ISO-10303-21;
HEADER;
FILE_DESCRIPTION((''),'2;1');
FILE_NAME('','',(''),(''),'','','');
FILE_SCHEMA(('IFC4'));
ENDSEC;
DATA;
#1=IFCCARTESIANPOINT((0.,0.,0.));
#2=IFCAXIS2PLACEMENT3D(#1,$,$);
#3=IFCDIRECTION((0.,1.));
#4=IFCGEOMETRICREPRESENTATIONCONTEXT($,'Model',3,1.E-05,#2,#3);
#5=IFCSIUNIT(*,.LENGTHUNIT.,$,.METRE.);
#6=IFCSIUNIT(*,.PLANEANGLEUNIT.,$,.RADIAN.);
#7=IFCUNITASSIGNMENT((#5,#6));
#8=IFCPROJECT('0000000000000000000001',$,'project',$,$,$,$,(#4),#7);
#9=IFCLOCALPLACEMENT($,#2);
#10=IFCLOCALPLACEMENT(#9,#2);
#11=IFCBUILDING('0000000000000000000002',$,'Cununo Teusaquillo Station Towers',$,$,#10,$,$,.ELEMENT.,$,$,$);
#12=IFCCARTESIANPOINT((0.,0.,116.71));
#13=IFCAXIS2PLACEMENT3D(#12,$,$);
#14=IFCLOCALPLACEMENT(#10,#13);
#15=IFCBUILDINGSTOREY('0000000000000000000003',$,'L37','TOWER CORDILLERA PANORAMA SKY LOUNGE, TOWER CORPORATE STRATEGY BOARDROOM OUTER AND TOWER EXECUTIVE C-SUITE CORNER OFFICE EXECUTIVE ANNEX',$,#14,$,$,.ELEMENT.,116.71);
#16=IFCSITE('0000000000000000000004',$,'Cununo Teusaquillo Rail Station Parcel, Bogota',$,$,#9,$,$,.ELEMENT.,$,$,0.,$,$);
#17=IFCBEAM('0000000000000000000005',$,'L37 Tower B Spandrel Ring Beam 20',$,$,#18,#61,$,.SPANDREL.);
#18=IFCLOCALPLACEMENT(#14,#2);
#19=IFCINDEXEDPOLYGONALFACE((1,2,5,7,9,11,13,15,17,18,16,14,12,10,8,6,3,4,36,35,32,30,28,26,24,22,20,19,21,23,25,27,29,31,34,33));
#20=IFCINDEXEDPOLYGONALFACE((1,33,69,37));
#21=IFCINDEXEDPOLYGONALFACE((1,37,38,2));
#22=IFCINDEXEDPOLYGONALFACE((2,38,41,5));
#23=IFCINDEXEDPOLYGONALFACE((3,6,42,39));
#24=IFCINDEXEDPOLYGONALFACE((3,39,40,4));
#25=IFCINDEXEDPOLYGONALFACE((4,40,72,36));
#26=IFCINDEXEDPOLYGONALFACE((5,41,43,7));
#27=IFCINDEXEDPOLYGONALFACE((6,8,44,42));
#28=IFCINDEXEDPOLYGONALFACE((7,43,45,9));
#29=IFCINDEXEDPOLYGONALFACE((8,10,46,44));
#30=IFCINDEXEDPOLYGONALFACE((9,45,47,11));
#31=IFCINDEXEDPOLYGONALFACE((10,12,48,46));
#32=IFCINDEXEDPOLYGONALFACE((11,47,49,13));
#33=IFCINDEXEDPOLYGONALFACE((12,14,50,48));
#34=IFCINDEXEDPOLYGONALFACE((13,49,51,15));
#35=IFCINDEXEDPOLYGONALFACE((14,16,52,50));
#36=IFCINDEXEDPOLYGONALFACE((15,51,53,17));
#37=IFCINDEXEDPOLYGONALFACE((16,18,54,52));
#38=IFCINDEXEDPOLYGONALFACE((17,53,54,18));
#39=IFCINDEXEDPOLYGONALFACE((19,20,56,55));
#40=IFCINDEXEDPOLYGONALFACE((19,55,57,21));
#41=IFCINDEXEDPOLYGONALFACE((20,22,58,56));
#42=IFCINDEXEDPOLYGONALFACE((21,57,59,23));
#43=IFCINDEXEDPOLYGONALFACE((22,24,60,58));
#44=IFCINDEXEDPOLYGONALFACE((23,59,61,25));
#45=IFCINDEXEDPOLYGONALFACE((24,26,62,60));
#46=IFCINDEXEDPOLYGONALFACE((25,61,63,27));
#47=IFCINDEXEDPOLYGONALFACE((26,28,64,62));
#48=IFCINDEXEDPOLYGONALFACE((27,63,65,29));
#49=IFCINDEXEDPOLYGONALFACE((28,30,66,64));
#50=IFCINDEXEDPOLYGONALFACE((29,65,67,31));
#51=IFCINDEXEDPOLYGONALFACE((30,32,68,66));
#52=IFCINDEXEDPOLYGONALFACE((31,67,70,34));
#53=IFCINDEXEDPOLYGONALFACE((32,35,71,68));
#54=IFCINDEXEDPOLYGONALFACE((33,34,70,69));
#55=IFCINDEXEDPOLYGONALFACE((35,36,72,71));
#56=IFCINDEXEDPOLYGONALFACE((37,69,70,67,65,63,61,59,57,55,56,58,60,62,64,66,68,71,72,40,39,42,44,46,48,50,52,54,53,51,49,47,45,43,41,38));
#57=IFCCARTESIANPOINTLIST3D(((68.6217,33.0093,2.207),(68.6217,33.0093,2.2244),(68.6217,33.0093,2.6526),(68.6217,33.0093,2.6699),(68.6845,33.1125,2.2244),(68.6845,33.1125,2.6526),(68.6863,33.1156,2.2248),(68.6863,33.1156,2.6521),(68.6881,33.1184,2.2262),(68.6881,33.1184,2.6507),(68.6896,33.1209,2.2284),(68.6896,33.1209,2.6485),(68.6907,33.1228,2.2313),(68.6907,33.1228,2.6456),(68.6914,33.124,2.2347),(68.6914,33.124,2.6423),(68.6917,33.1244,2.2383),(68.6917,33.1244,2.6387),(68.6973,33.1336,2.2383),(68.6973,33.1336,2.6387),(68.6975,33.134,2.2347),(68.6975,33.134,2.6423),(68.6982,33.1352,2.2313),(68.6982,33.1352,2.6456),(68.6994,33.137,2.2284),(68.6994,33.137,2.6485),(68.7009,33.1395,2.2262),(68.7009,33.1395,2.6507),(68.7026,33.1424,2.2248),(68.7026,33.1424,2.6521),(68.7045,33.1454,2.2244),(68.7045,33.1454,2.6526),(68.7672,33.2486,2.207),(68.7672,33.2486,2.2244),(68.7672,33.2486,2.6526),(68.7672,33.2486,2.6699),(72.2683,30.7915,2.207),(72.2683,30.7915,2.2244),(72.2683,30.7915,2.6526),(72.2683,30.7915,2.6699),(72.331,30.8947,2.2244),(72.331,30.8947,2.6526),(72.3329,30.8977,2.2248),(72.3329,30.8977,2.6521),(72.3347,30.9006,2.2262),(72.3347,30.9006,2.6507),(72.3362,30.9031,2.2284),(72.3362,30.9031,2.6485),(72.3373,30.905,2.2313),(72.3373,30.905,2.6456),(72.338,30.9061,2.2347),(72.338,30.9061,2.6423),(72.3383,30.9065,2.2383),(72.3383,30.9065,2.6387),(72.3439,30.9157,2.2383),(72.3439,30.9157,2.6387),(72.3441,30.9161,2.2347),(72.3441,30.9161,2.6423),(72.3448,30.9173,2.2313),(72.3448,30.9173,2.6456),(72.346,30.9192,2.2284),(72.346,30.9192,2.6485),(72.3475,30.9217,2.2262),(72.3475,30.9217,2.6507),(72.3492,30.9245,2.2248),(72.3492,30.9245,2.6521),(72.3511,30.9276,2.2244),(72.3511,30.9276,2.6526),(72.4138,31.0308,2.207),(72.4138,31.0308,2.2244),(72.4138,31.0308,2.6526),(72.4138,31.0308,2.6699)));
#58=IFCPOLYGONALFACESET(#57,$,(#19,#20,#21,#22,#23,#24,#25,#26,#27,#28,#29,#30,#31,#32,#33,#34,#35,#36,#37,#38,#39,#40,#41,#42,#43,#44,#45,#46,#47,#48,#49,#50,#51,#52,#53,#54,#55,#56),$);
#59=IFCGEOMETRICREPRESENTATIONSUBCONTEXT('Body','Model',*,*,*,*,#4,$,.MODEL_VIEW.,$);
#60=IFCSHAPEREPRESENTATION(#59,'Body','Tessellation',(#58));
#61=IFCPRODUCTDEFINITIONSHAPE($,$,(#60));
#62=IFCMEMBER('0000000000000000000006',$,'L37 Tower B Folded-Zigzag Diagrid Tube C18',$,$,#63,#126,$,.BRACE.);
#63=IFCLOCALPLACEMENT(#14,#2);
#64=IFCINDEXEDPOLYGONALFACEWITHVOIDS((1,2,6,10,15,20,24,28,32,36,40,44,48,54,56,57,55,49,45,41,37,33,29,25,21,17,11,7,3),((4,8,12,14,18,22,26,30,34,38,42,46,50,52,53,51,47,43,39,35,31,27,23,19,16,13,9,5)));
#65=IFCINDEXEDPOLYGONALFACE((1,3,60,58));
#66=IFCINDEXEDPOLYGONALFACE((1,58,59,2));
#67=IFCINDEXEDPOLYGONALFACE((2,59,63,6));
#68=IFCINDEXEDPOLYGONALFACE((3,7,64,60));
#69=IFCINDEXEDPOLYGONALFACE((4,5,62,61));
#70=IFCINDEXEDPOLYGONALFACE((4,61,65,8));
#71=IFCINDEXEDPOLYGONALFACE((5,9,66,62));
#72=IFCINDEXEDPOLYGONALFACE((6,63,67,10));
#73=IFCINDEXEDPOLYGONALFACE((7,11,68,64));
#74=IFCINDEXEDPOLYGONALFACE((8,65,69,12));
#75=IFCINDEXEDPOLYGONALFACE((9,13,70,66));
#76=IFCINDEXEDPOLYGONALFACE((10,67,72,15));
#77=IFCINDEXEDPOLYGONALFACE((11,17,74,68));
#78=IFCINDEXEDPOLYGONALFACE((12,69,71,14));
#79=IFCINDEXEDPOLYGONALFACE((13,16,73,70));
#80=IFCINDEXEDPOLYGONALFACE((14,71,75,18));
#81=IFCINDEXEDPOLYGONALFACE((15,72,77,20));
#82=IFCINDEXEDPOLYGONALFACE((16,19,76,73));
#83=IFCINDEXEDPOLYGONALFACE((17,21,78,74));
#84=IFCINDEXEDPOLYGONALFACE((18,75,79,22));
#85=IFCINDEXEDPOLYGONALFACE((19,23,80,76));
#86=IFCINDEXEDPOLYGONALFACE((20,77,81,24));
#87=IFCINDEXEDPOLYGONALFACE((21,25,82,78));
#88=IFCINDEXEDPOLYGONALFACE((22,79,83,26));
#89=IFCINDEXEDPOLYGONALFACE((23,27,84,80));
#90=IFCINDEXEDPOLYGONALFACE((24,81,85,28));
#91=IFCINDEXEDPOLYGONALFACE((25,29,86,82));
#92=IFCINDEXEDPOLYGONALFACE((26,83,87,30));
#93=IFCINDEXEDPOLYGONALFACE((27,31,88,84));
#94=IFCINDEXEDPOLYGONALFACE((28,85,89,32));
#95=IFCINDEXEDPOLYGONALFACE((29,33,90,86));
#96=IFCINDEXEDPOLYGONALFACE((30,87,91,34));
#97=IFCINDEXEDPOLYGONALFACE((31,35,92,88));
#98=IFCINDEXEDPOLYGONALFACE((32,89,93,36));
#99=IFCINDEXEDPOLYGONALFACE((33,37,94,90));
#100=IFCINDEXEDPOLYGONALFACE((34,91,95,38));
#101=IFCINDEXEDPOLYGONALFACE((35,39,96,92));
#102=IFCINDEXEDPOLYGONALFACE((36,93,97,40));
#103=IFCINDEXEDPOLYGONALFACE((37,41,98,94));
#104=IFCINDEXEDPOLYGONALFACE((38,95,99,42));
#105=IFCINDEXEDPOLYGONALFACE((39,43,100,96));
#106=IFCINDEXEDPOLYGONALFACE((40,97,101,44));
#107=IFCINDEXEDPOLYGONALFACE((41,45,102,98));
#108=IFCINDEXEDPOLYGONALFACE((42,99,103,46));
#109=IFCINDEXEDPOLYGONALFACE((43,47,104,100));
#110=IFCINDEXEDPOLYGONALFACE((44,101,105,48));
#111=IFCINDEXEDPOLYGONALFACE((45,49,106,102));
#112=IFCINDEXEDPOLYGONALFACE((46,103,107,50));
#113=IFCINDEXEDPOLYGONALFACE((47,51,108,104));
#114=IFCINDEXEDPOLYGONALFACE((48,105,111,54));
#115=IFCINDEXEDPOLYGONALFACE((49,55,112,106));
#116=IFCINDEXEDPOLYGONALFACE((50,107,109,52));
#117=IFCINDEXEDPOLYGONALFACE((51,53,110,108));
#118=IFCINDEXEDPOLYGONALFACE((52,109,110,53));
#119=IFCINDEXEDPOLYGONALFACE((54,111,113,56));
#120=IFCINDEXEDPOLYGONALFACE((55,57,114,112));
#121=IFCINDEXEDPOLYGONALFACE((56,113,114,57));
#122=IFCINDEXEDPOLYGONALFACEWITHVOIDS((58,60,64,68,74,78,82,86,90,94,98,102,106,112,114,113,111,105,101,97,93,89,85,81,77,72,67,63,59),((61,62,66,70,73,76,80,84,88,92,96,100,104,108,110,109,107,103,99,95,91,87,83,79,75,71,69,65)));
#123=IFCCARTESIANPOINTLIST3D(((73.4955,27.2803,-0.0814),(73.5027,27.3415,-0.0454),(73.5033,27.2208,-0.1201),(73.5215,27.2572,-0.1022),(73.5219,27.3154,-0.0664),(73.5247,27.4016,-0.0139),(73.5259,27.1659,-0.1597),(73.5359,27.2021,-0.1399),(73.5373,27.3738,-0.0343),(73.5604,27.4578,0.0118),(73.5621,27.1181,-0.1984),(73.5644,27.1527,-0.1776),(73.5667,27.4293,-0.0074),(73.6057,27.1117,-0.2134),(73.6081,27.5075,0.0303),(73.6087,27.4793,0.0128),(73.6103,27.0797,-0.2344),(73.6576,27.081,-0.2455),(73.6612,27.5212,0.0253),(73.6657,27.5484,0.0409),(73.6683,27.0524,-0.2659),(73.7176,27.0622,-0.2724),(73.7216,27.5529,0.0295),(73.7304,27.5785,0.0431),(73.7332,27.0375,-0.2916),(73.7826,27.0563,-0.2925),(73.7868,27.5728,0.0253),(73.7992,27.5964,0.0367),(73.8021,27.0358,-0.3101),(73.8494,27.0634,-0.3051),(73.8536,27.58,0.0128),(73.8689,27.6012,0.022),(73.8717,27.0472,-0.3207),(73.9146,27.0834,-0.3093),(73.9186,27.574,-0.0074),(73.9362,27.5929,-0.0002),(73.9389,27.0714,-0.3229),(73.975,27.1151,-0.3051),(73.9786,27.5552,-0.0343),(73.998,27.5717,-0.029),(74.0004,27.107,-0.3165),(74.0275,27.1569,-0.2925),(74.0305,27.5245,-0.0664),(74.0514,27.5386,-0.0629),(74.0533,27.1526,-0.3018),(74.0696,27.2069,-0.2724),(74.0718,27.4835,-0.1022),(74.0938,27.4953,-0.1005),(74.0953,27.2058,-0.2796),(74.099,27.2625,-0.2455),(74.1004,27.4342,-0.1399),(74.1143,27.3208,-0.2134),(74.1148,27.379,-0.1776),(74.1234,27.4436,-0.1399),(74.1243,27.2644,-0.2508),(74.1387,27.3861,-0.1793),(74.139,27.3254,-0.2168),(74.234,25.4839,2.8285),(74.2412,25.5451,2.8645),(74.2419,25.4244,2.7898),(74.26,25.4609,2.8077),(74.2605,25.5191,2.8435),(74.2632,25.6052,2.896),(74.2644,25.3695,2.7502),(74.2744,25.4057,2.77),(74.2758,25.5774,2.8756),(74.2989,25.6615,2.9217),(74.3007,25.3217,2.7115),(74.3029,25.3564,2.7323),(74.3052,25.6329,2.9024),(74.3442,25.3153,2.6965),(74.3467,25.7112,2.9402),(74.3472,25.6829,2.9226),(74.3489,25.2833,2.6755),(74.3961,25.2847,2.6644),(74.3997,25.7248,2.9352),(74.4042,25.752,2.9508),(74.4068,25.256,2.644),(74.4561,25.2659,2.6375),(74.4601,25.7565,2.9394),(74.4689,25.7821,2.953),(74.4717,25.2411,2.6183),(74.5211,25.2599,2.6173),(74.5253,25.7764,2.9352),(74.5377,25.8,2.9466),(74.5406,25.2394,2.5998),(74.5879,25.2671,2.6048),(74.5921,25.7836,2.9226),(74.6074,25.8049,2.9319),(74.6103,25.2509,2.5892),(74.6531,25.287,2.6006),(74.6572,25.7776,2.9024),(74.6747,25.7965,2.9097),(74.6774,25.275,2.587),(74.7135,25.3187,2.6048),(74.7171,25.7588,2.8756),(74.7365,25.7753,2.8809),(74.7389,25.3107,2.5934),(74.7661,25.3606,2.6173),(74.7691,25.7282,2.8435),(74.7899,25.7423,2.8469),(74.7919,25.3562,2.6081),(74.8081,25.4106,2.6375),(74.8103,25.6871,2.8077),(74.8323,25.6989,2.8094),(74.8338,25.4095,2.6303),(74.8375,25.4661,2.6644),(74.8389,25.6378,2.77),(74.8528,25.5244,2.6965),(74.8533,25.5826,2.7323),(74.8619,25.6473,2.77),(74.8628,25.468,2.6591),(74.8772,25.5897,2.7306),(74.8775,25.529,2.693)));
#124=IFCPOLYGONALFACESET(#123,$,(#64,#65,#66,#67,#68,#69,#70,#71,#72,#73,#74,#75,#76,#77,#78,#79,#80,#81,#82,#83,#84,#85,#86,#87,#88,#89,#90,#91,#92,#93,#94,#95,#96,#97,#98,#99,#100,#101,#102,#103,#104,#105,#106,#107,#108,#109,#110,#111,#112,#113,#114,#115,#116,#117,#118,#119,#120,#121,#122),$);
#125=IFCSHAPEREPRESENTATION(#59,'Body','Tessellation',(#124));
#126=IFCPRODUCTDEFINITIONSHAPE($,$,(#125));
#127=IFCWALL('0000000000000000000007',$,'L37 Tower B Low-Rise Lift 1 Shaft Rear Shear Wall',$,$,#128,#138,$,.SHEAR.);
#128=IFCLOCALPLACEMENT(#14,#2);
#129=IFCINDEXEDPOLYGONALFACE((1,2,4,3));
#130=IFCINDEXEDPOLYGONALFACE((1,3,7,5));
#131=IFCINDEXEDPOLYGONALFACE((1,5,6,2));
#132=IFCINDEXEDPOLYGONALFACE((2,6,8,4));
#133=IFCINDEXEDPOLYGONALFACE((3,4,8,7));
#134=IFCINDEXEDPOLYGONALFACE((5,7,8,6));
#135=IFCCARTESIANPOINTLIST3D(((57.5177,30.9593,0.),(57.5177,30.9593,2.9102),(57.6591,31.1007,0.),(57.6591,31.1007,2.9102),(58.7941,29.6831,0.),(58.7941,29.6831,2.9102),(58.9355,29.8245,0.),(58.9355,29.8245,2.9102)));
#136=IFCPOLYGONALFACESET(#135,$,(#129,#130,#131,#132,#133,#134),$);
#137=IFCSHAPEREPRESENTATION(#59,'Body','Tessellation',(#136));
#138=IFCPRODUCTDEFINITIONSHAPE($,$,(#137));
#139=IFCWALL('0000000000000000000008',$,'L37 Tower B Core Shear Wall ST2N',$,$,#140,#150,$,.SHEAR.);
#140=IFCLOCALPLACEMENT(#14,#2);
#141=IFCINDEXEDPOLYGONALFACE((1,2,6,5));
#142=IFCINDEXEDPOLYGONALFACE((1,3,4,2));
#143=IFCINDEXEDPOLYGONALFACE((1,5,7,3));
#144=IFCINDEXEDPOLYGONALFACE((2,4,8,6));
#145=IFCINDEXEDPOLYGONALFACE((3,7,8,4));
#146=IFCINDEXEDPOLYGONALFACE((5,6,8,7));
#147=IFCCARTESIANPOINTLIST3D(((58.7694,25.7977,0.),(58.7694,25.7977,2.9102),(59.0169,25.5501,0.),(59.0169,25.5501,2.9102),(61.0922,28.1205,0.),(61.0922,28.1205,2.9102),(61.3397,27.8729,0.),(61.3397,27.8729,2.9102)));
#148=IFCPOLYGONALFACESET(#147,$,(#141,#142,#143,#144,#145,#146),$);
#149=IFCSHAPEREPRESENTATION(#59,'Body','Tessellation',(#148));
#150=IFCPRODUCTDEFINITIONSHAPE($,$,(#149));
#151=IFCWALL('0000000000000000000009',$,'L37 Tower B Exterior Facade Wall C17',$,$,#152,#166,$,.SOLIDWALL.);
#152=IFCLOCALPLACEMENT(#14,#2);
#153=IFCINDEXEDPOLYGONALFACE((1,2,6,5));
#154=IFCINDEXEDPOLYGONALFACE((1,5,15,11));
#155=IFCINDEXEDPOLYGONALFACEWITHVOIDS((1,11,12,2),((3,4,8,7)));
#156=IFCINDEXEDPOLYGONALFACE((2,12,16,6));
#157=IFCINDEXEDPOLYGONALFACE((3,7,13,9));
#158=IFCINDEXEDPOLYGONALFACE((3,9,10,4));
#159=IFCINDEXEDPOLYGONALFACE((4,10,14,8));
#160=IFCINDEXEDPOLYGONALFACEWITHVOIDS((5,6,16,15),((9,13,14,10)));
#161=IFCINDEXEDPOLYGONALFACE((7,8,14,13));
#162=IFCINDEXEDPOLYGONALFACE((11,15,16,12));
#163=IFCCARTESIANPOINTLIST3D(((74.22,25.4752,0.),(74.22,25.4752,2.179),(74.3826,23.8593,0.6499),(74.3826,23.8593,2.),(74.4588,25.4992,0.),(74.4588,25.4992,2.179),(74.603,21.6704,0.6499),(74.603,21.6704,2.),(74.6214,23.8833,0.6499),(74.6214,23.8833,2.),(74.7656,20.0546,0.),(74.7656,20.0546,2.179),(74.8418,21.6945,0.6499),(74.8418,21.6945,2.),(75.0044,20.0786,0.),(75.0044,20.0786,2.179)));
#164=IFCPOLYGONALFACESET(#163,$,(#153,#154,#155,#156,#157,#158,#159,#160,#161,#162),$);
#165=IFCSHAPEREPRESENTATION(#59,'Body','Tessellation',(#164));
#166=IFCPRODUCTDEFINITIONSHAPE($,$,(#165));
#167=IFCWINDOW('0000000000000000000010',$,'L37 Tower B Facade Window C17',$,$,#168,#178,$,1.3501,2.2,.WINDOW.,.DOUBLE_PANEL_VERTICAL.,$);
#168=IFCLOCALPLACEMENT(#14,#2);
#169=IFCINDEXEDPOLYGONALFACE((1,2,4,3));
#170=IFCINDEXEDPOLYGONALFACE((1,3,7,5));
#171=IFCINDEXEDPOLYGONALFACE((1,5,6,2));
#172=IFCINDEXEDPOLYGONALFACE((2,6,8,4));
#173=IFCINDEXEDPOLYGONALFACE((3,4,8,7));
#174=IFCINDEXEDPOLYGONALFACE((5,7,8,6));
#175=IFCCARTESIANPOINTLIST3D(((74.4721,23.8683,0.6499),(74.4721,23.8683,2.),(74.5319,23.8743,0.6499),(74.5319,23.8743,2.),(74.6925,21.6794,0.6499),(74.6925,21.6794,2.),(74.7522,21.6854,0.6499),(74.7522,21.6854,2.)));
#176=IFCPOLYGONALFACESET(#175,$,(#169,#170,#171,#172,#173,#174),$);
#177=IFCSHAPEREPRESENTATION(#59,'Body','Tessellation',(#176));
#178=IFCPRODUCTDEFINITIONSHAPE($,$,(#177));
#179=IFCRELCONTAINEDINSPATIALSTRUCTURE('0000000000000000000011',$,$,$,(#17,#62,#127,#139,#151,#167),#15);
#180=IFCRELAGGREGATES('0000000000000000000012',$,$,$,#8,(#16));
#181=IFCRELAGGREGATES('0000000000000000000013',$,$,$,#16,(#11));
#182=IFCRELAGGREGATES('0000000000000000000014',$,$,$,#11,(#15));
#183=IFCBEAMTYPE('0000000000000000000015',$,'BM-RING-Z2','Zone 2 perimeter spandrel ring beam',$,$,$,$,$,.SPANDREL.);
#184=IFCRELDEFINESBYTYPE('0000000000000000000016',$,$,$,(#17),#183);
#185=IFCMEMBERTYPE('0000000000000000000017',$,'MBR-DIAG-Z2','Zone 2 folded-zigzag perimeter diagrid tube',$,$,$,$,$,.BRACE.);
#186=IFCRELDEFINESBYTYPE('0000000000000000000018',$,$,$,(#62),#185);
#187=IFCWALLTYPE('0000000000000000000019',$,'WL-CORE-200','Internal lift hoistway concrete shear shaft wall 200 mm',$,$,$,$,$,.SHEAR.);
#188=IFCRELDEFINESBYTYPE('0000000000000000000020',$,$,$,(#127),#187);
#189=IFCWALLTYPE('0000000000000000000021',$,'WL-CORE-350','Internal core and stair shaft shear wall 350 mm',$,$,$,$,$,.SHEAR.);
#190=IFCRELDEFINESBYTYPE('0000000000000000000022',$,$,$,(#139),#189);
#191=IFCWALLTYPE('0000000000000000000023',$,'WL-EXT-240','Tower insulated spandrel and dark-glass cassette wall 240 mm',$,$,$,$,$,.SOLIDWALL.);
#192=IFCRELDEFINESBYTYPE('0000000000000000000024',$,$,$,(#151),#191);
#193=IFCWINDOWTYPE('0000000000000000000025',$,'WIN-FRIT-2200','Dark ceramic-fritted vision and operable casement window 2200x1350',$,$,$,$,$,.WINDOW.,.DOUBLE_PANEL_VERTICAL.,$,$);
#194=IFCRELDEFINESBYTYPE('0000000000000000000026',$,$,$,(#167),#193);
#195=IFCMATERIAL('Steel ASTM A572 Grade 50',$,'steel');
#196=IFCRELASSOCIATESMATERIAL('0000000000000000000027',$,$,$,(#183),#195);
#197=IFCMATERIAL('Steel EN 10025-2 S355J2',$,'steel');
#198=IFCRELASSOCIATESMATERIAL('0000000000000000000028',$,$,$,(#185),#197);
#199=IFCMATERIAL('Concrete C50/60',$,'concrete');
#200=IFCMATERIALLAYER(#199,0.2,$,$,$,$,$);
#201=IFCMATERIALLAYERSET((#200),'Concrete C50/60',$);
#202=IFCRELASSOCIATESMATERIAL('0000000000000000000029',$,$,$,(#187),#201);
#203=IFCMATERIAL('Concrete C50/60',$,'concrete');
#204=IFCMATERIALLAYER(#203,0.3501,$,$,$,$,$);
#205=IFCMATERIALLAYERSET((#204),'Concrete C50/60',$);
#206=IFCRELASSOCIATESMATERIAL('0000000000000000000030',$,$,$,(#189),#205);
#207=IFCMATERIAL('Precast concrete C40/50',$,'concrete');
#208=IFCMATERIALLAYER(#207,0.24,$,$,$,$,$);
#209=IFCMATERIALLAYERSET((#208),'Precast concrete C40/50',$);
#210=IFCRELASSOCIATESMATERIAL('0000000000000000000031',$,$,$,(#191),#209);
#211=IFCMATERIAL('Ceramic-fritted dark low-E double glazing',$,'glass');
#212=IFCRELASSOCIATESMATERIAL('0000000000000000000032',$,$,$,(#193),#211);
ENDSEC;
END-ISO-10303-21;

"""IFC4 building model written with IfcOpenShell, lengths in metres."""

from ifc_helpers import new_model, si_unit, direction, frame, frame_2d, origin, origin_2d, place, context, subcontext, project, spatial, rectangle, hollow_circle, i_section, extrude, source, transform, mapped, material, layer, layer_set, material_profile, profile_set, type_object, element, fill, save


model = new_model("IFC4")

# Units and contexts
model_context = context("Model", 3, precision=1e-05, world=origin(), true_north=direction((0.0, 1.0)))
body_context = subcontext(model_context, "Body", "Model", "MODEL_VIEW")
ifc_project = project(units=[si_unit("LENGTHUNIT", "METRE"), si_unit("PLANEANGLEUNIT", "RADIAN")], contexts=[model_context])

# Site, building, storey
site_placement = place(None, origin())
site = spatial("IfcSite", under=ifc_project, at=site_placement, Name="Cununo Teusaquillo Rail Station Parcel, Bogota", CompositionType="ELEMENT", RefElevation=0.0)
building_placement = place(site_placement, origin())
building = spatial("IfcBuilding", under=site, at=building_placement, Name="Cununo Teusaquillo Station Towers", CompositionType="ELEMENT")
storey_placement = place(building_placement, frame((0.0, 0.0, 116.71)))
storey = spatial("IfcBuildingStorey", under=building, at=storey_placement, Name="L37", Description="TOWER CORDILLERA PANORAMA SKY LOUNGE, TOWER CORPORATE STRATEGY BOARDROOM OUTER AND TOWER EXECUTIVE C-SUITE CORNER OFFICE EXECUTIVE ANNEX", CompositionType="ELEMENT", Elevation=116.71)

# Beam
ifc_material_1 = material(Name="Steel ASTM A572 Grade 50", Category="steel")
ifc_material_profile_1 = material_profile(ifc_material_1, i_section(OverallWidth=0.28, OverallDepth=0.4629, WebThickness=0.0107, FlangeThickness=0.0173, FilletRadius=0.0139, at=origin_2d()), Name="W18X76")
ifc_profile_set_1 = profile_set([ifc_material_profile_1], Name="Steel ASTM A572 Grade 50")
beam_type_1 = type_object("IfcBeamType", Name="BM-RING-Z2", Description="Zone 2 perimeter spandrel ring beam", PredefinedType="SPANDREL", material=ifc_profile_set_1)
beam_1_placement = place(storey_placement, frame((72.3411, 30.9111, 2.4385), z_axis=(-0.854388, 0.519635, 0.0), x_axis=(-0.519635, -0.854388, 0.0)))
element("IfcBeam", 1, at=beam_1_placement, inside=storey, type_object=beam_type_1, Name="L37 Tower B Spandrel Ring Beam 20", PredefinedType="SPANDREL", context=body_context, shape_type="SweptSolid", body=[
    extrude(i_section(OverallWidth=0.28, OverallDepth=0.4629, WebThickness=0.0107, FlangeThickness=0.0173, FilletRadius=0.0139, at=origin_2d()), origin(), (0.0, 0.0, 1.0), 4.2681),
])

# Member
ifc_material_2 = material(Name="Steel EN 10025-2 S355J2", Category="steel")
ifc_material_profile_2 = material_profile(ifc_material_2, hollow_circle(Radius=0.3301, WallThickness=0.0249, at=origin_2d()), Name="CHS 660x25")
ifc_profile_set_2 = profile_set([ifc_material_profile_2], Name="Steel EN 10025-2 S355J2")
member_type = type_object("IfcMemberType", Name="MBR-DIAG-Z2", Description="Zone 2 folded-zigzag perimeter diagrid tube", PredefinedType="BRACE", material=ifc_profile_set_2)
member_placement = place(storey_placement, frame((73.8181, 27.3181, -0.1399), z_axis=(0.211093, -0.513463, 0.831743), x_axis=(0.924889, 0.380238, 0.0)))
element("IfcMember", 2, at=member_placement, inside=storey, type_object=member_type, Name="L37 Tower B Folded-Zigzag Diagrid Tube C18", PredefinedType="BRACE", context=body_context, shape_type="SweptSolid", body=[
    extrude(hollow_circle(Radius=0.3301, WallThickness=0.0249, at=origin_2d()), origin(), (0.0, 0.0, 1.0), 3.4985),
])

# Walls
ifc_material_3 = material(Name="Concrete C50/60", Category="concrete")
ifc_layer_1 = layer(ifc_material_3, 0.2)
ifc_layer_set_1 = layer_set([ifc_layer_1], Name="Concrete C50/60")
wall_type_1 = type_object("IfcWallType", Name="WL-CORE-200", Description="Internal lift hoistway concrete shear shaft wall 200 mm", PredefinedType="SHEAR", material=ifc_layer_set_1)
wall_1_placement = place(storey_placement, frame((58.8647, 29.7539, 0.0), z_axis=(0.0, 0.0, 1.0), x_axis=(-0.707174, 0.707039, 0.0)))
element("IfcWall", 3, at=wall_1_placement, inside=storey, type_object=wall_type_1, Name="L37 Tower B Low-Rise Lift 1 Shaft Rear Shear Wall", PredefinedType="SHEAR", context=body_context, shape_type="SweptSolid", body=[
    extrude(rectangle(XDim=1.8049, YDim=0.2, at=frame_2d((0.9023, 0.0))), origin(), (0.0, 0.0, 1.0), 2.9102),
])
ifc_material_4 = material(Name="Concrete C50/60", Category="concrete")
ifc_layer_2 = layer(ifc_material_4, 0.3501)
ifc_layer_set_2 = layer_set([ifc_layer_2], Name="Concrete C50/60")
wall_type_2 = type_object("IfcWallType", Name="WL-CORE-350", Description="Internal core and stair shaft shear wall 350 mm", PredefinedType="SHEAR", material=ifc_layer_set_2)
wall_2_placement = place(storey_placement, frame((58.8931, 25.6738, 0.0), z_axis=(0.0, 0.0, 1.0), x_axis=(0.707107, 0.707107, 0.0)))
element("IfcWall", 4, at=wall_2_placement, inside=storey, type_object=wall_type_2, Name="L37 Tower B Core Shear Wall ST2N", PredefinedType="SHEAR", context=body_context, shape_type="SweptSolid", body=[
    extrude(rectangle(XDim=3.2849, YDim=0.3501, at=frame_2d((1.6426, 0.0))), origin(), (0.0, 0.0, 1.0), 2.9102),
])

# Wall, opening, window
ifc_material_5 = material(Name="Precast concrete C40/50", Category="concrete")
ifc_layer_3 = layer(ifc_material_5, 0.24)
ifc_layer_set_3 = layer_set([ifc_layer_3], Name="Precast concrete C40/50")
wall_type_3 = type_object("IfcWallType", Name="WL-EXT-240", Description="Tower insulated spandrel and dark-glass cassette wall 240 mm", PredefinedType="SOLIDWALL", material=ifc_layer_set_3)
wall_3_placement = place(storey_placement, frame((74.3394, 25.4873, 0.0), z_axis=(0.0, 0.0, 1.0), x_axis=(0.100156, -0.994972, 0.0)))
wall_3 = element("IfcWall", 5, at=wall_3_placement, inside=storey, type_object=wall_type_3, Name="L37 Tower B Exterior Facade Wall C17", PredefinedType="SOLIDWALL", context=body_context, shape_type="SweptSolid", body=[
    extrude(rectangle(XDim=5.448, YDim=0.24, at=frame_2d((2.7241, 0.0))), origin(), (0.0, 0.0, 1.0), 2.179),
])
shared_shape_1 = source(origin(), body_context, "Body", "SweptSolid", [
    extrude(rectangle(XDim=2.2, YDim=1.3501, at=frame_2d((1.1001, 0.675))), frame((0.0, 0.1299, 0.0), z_axis=(0.0, -1.0, 0.0), x_axis=(1.0, 0.0, 0.0)), (0.0, 0.0, 1.0), 0.26),
])
opening_1_placement = place(wall_3_placement, frame((1.624, 0.0, 0.6499)))
opening_1 = element("IfcOpeningElement", 6, at=opening_1_placement, cuts=wall_3, PredefinedType="OPENING", context=body_context, shape_type="MappedRepresentation", body=[
    mapped(shared_shape_1, transform((0.0, 0.0, 0.0), x_axis=(1.0, 0.0, 0.0), y_axis=(0.0, 1.0, 0.0), z_axis=(0.0, 0.0, 1.0), scale=1.0)),
])
ifc_material_6 = material(Name="Ceramic-fritted dark low-E double glazing", Category="glass")
window_type_1 = type_object("IfcWindowType", Name="WIN-FRIT-2200", Description="Dark ceramic-fritted vision and operable casement window 2200x1350", PartitioningType="DOUBLE_PANEL_VERTICAL", PredefinedType="WINDOW", material=ifc_material_6)
shared_shape_2 = source(origin(), body_context, "Body", "SweptSolid", [
    extrude(rectangle(XDim=2.2, YDim=1.3501, at=frame_2d((1.1001, 0.675))), frame((0.0, 0.03, 0.0), z_axis=(0.0, -1.0, 0.0), x_axis=(1.0, 0.0, 0.0)), (0.0, 0.0, 1.0), 0.0601),
])
window_1_placement = place(opening_1_placement, origin())
window_1 = element("IfcWindow", 7, at=window_1_placement, inside=storey, type_object=window_type_1, Name="L37 Tower B Facade Window C17", OverallHeight=1.3501, OverallWidth=2.2, PartitioningType="DOUBLE_PANEL_VERTICAL", PredefinedType="WINDOW", context=body_context, shape_type="MappedRepresentation", body=[
    mapped(shared_shape_2, transform((0.0, 0.0, 0.0), x_axis=(1.0, 0.0, 0.0), y_axis=(0.0, 1.0, 0.0), z_axis=(0.0, 0.0, 1.0), scale=1.0)),
])
fill(opening_1, window_1)

save(model, "model.ifc")
